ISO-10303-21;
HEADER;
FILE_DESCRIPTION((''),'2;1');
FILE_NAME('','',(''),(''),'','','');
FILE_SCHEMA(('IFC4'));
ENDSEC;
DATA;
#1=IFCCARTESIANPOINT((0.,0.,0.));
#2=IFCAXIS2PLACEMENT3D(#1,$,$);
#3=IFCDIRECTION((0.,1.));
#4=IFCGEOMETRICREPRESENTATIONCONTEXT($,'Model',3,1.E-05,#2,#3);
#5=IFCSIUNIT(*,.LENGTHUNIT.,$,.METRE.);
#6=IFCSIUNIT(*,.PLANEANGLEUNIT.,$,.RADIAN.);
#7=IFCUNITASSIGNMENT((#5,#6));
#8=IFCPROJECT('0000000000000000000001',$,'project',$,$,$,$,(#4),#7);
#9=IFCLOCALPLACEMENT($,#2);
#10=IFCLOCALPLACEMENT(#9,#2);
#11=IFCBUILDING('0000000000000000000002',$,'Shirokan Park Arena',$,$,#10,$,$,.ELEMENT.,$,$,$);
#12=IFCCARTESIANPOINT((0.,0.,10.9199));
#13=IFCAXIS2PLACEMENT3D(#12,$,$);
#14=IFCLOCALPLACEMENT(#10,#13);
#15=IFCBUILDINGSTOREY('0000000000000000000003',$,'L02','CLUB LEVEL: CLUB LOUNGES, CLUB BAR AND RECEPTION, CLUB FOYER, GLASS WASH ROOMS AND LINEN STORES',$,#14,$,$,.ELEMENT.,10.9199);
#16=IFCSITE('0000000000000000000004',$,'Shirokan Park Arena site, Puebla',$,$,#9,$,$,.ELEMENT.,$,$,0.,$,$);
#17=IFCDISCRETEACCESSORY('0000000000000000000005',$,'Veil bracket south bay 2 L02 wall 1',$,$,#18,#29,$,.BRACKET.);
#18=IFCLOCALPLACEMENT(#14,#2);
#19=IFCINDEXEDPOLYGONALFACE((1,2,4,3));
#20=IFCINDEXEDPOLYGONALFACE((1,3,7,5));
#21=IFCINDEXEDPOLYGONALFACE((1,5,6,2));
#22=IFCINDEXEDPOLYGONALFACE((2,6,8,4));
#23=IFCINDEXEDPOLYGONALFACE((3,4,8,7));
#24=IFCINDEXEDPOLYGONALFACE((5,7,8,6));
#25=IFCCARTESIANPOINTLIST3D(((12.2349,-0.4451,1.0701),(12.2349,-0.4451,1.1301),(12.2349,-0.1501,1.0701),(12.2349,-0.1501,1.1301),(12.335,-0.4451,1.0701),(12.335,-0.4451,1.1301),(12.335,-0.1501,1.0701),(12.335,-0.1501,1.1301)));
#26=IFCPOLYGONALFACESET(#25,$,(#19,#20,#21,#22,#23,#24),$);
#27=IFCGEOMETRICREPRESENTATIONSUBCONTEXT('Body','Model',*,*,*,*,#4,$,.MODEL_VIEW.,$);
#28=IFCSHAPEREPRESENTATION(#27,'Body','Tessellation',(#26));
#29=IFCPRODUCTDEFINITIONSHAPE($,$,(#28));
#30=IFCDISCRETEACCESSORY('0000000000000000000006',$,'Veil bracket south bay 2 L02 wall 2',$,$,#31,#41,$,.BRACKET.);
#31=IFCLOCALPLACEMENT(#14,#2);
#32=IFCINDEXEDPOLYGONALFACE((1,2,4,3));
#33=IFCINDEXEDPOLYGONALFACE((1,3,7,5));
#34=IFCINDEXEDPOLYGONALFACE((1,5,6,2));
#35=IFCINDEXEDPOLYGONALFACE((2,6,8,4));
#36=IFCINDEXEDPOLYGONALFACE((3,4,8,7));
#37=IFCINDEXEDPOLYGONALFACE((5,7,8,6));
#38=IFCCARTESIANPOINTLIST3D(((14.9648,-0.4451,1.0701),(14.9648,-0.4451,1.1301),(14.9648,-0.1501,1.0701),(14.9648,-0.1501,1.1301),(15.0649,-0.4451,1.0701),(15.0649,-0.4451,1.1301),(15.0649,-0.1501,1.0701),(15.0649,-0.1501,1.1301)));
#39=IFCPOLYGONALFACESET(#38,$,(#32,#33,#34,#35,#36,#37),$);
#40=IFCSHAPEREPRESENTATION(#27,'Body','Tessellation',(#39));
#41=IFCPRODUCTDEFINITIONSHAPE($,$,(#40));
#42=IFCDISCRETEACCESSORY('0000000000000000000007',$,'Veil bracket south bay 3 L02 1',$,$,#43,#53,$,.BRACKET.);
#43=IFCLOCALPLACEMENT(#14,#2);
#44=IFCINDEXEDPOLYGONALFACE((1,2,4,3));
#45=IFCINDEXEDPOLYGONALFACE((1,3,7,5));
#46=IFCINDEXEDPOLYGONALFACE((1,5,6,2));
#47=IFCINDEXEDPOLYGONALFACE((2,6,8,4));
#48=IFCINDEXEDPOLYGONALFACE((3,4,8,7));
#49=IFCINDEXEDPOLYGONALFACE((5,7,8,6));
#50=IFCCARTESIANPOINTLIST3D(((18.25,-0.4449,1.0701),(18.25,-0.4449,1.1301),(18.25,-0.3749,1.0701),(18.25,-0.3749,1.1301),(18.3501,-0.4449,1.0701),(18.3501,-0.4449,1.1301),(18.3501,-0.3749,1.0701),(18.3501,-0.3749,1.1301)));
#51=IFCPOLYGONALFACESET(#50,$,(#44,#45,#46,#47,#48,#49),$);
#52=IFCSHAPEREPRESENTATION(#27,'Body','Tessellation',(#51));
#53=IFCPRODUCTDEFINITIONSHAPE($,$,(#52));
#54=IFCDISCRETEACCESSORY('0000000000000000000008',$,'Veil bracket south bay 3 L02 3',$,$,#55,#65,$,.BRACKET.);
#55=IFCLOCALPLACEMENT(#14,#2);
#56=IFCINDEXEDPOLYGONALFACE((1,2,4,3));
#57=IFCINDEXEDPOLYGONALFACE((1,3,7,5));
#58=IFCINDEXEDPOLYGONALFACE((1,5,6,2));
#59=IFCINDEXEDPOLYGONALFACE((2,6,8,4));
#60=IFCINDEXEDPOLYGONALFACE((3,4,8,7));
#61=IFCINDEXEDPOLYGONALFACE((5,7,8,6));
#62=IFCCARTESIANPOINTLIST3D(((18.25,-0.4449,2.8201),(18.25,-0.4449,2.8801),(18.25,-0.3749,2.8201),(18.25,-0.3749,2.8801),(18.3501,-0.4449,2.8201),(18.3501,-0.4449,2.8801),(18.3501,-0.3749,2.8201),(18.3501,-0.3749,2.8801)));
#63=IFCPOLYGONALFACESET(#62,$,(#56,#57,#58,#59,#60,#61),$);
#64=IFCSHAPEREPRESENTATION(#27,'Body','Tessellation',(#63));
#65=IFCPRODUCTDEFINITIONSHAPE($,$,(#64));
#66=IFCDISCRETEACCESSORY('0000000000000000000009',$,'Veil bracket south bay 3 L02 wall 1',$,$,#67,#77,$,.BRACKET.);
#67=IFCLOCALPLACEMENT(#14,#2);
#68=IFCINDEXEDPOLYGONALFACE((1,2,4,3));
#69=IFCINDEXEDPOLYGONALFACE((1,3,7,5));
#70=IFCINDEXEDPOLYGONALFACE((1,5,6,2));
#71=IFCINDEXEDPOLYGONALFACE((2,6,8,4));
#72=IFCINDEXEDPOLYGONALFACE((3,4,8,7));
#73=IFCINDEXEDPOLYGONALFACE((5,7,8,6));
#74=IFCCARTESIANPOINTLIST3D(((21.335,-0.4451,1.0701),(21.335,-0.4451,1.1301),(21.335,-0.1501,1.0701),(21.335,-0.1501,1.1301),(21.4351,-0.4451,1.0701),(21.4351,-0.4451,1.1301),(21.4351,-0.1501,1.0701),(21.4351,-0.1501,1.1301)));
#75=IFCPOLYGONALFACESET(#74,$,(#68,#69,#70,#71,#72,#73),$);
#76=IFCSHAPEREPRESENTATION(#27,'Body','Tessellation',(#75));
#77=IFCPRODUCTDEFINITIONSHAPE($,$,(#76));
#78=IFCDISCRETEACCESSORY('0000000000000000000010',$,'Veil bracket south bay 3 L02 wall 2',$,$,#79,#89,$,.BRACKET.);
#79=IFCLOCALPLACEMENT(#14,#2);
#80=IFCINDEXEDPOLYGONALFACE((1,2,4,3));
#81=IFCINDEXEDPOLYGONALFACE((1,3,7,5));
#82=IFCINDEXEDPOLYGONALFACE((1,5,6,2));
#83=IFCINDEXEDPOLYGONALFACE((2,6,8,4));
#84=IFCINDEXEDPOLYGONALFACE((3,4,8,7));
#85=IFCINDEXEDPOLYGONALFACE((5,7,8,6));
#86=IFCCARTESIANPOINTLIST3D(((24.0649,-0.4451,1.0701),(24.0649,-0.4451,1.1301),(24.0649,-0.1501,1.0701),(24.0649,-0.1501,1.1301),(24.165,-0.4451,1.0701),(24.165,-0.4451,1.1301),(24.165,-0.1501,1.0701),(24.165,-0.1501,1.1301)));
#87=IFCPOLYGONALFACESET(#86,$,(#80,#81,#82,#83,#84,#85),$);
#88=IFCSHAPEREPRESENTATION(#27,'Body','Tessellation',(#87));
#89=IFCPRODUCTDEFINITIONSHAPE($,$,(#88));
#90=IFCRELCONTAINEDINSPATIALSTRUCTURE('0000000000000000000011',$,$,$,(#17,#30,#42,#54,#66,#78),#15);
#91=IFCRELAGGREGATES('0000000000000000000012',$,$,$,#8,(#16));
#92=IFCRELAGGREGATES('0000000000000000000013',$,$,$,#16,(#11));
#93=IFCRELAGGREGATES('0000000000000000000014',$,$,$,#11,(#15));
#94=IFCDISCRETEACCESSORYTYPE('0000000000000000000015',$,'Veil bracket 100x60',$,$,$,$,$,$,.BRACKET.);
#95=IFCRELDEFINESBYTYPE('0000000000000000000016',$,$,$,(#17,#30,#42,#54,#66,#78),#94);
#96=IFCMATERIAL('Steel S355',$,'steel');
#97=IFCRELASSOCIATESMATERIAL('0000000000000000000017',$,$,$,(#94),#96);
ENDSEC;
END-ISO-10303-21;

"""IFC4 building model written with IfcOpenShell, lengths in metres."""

from ifc_helpers import new_model, si_unit, direction, frame, origin, origin_2d, place, context, subcontext, project, spatial, rectangle, extrude, material, type_object, element, save


model = new_model("IFC4")

# Units and contexts
model_context = context("Model", 3, precision=1e-05, world=origin(), true_north=direction((0.0, 1.0)))
body_context = subcontext(model_context, "Body", "Model", "MODEL_VIEW")
ifc_project = project(units=[si_unit("LENGTHUNIT", "METRE"), si_unit("PLANEANGLEUNIT", "RADIAN")], contexts=[model_context])

# Site, building, storey
site_placement = place(None, origin())
site = spatial("IfcSite", under=ifc_project, at=site_placement, Name="Shirokan Park Arena site, Puebla", CompositionType="ELEMENT", RefElevation=0.0)
building_placement = place(site_placement, origin())
building = spatial("IfcBuilding", under=site, at=building_placement, Name="Shirokan Park Arena", CompositionType="ELEMENT")
storey_placement = place(building_placement, frame((0.0, 0.0, 10.9199)))
storey = spatial("IfcBuildingStorey", under=building, at=storey_placement, Name="L02", Description="CLUB LEVEL: CLUB LOUNGES, CLUB BAR AND RECEPTION, CLUB FOYER, GLASS WASH ROOMS AND LINEN STORES", CompositionType="ELEMENT", Elevation=10.9199)

# Shared definitions
ifc_material_1 = material(Name="Steel S355", Category="steel")

# Discrete accessories
discrete_accessory_type = type_object("IfcDiscreteAccessoryType", Name="Veil bracket 100x60", PredefinedType="BRACKET", material=ifc_material_1)
for number, where, z_axis, x_axis, name in (
    (1, (12.2849, -0.2976, 1.0701), (0.0, 0.0, 1.0), (1.0, 0.0, 0.0), "Veil bracket south bay 2 L02 wall 1"),
    (2, (15.0149, -0.2976, 1.0701), (0.0, 0.0, 1.0), (1.0, 0.0, 0.0), "Veil bracket south bay 2 L02 wall 2"),
):
    element("IfcDiscreteAccessory", number, at=place(storey_placement, frame(where, z_axis=z_axis, x_axis=x_axis)), inside=storey, type_object=discrete_accessory_type, Name=name, PredefinedType="BRACKET", context=body_context, shape_type="SweptSolid", body=[
        extrude(rectangle(XDim=0.1001, YDim=0.2949, at=origin_2d()), origin(), (0.0, 0.0, 1.0), 0.0601),
    ])
for number, where, z_axis, x_axis, name in (
    (3, (18.3, -0.4099, 1.0701), (0.0, 0.0, 1.0), (1.0, 0.0, 0.0), "Veil bracket south bay 3 L02 1"),
    (4, (18.3, -0.4099, 2.8201), (0.0, 0.0, 1.0), (1.0, 0.0, 0.0), "Veil bracket south bay 3 L02 3"),
):
    element("IfcDiscreteAccessory", number, at=place(storey_placement, frame(where, z_axis=z_axis, x_axis=x_axis)), inside=storey, type_object=discrete_accessory_type, Name=name, PredefinedType="BRACKET", context=body_context, shape_type="SweptSolid", body=[
        extrude(rectangle(XDim=0.1001, YDim=0.0701, at=origin_2d()), origin(), (0.0, 0.0, 1.0), 0.0601),
    ])
for number, where, z_axis, x_axis, name in (
    (5, (21.385, -0.2976, 1.0701), (0.0, 0.0, 1.0), (1.0, 0.0, 0.0), "Veil bracket south bay 3 L02 wall 1"),
    (6, (24.115, -0.2976, 1.0701), (0.0, 0.0, 1.0), (1.0, 0.0, 0.0), "Veil bracket south bay 3 L02 wall 2"),
):
    element("IfcDiscreteAccessory", number, at=place(storey_placement, frame(where, z_axis=z_axis, x_axis=x_axis)), inside=storey, type_object=discrete_accessory_type, Name=name, PredefinedType="BRACKET", context=body_context, shape_type="SweptSolid", body=[
        extrude(rectangle(XDim=0.1001, YDim=0.2949, at=origin_2d()), origin(), (0.0, 0.0, 1.0), 0.0601),
    ])

save(model, "model.ifc")
